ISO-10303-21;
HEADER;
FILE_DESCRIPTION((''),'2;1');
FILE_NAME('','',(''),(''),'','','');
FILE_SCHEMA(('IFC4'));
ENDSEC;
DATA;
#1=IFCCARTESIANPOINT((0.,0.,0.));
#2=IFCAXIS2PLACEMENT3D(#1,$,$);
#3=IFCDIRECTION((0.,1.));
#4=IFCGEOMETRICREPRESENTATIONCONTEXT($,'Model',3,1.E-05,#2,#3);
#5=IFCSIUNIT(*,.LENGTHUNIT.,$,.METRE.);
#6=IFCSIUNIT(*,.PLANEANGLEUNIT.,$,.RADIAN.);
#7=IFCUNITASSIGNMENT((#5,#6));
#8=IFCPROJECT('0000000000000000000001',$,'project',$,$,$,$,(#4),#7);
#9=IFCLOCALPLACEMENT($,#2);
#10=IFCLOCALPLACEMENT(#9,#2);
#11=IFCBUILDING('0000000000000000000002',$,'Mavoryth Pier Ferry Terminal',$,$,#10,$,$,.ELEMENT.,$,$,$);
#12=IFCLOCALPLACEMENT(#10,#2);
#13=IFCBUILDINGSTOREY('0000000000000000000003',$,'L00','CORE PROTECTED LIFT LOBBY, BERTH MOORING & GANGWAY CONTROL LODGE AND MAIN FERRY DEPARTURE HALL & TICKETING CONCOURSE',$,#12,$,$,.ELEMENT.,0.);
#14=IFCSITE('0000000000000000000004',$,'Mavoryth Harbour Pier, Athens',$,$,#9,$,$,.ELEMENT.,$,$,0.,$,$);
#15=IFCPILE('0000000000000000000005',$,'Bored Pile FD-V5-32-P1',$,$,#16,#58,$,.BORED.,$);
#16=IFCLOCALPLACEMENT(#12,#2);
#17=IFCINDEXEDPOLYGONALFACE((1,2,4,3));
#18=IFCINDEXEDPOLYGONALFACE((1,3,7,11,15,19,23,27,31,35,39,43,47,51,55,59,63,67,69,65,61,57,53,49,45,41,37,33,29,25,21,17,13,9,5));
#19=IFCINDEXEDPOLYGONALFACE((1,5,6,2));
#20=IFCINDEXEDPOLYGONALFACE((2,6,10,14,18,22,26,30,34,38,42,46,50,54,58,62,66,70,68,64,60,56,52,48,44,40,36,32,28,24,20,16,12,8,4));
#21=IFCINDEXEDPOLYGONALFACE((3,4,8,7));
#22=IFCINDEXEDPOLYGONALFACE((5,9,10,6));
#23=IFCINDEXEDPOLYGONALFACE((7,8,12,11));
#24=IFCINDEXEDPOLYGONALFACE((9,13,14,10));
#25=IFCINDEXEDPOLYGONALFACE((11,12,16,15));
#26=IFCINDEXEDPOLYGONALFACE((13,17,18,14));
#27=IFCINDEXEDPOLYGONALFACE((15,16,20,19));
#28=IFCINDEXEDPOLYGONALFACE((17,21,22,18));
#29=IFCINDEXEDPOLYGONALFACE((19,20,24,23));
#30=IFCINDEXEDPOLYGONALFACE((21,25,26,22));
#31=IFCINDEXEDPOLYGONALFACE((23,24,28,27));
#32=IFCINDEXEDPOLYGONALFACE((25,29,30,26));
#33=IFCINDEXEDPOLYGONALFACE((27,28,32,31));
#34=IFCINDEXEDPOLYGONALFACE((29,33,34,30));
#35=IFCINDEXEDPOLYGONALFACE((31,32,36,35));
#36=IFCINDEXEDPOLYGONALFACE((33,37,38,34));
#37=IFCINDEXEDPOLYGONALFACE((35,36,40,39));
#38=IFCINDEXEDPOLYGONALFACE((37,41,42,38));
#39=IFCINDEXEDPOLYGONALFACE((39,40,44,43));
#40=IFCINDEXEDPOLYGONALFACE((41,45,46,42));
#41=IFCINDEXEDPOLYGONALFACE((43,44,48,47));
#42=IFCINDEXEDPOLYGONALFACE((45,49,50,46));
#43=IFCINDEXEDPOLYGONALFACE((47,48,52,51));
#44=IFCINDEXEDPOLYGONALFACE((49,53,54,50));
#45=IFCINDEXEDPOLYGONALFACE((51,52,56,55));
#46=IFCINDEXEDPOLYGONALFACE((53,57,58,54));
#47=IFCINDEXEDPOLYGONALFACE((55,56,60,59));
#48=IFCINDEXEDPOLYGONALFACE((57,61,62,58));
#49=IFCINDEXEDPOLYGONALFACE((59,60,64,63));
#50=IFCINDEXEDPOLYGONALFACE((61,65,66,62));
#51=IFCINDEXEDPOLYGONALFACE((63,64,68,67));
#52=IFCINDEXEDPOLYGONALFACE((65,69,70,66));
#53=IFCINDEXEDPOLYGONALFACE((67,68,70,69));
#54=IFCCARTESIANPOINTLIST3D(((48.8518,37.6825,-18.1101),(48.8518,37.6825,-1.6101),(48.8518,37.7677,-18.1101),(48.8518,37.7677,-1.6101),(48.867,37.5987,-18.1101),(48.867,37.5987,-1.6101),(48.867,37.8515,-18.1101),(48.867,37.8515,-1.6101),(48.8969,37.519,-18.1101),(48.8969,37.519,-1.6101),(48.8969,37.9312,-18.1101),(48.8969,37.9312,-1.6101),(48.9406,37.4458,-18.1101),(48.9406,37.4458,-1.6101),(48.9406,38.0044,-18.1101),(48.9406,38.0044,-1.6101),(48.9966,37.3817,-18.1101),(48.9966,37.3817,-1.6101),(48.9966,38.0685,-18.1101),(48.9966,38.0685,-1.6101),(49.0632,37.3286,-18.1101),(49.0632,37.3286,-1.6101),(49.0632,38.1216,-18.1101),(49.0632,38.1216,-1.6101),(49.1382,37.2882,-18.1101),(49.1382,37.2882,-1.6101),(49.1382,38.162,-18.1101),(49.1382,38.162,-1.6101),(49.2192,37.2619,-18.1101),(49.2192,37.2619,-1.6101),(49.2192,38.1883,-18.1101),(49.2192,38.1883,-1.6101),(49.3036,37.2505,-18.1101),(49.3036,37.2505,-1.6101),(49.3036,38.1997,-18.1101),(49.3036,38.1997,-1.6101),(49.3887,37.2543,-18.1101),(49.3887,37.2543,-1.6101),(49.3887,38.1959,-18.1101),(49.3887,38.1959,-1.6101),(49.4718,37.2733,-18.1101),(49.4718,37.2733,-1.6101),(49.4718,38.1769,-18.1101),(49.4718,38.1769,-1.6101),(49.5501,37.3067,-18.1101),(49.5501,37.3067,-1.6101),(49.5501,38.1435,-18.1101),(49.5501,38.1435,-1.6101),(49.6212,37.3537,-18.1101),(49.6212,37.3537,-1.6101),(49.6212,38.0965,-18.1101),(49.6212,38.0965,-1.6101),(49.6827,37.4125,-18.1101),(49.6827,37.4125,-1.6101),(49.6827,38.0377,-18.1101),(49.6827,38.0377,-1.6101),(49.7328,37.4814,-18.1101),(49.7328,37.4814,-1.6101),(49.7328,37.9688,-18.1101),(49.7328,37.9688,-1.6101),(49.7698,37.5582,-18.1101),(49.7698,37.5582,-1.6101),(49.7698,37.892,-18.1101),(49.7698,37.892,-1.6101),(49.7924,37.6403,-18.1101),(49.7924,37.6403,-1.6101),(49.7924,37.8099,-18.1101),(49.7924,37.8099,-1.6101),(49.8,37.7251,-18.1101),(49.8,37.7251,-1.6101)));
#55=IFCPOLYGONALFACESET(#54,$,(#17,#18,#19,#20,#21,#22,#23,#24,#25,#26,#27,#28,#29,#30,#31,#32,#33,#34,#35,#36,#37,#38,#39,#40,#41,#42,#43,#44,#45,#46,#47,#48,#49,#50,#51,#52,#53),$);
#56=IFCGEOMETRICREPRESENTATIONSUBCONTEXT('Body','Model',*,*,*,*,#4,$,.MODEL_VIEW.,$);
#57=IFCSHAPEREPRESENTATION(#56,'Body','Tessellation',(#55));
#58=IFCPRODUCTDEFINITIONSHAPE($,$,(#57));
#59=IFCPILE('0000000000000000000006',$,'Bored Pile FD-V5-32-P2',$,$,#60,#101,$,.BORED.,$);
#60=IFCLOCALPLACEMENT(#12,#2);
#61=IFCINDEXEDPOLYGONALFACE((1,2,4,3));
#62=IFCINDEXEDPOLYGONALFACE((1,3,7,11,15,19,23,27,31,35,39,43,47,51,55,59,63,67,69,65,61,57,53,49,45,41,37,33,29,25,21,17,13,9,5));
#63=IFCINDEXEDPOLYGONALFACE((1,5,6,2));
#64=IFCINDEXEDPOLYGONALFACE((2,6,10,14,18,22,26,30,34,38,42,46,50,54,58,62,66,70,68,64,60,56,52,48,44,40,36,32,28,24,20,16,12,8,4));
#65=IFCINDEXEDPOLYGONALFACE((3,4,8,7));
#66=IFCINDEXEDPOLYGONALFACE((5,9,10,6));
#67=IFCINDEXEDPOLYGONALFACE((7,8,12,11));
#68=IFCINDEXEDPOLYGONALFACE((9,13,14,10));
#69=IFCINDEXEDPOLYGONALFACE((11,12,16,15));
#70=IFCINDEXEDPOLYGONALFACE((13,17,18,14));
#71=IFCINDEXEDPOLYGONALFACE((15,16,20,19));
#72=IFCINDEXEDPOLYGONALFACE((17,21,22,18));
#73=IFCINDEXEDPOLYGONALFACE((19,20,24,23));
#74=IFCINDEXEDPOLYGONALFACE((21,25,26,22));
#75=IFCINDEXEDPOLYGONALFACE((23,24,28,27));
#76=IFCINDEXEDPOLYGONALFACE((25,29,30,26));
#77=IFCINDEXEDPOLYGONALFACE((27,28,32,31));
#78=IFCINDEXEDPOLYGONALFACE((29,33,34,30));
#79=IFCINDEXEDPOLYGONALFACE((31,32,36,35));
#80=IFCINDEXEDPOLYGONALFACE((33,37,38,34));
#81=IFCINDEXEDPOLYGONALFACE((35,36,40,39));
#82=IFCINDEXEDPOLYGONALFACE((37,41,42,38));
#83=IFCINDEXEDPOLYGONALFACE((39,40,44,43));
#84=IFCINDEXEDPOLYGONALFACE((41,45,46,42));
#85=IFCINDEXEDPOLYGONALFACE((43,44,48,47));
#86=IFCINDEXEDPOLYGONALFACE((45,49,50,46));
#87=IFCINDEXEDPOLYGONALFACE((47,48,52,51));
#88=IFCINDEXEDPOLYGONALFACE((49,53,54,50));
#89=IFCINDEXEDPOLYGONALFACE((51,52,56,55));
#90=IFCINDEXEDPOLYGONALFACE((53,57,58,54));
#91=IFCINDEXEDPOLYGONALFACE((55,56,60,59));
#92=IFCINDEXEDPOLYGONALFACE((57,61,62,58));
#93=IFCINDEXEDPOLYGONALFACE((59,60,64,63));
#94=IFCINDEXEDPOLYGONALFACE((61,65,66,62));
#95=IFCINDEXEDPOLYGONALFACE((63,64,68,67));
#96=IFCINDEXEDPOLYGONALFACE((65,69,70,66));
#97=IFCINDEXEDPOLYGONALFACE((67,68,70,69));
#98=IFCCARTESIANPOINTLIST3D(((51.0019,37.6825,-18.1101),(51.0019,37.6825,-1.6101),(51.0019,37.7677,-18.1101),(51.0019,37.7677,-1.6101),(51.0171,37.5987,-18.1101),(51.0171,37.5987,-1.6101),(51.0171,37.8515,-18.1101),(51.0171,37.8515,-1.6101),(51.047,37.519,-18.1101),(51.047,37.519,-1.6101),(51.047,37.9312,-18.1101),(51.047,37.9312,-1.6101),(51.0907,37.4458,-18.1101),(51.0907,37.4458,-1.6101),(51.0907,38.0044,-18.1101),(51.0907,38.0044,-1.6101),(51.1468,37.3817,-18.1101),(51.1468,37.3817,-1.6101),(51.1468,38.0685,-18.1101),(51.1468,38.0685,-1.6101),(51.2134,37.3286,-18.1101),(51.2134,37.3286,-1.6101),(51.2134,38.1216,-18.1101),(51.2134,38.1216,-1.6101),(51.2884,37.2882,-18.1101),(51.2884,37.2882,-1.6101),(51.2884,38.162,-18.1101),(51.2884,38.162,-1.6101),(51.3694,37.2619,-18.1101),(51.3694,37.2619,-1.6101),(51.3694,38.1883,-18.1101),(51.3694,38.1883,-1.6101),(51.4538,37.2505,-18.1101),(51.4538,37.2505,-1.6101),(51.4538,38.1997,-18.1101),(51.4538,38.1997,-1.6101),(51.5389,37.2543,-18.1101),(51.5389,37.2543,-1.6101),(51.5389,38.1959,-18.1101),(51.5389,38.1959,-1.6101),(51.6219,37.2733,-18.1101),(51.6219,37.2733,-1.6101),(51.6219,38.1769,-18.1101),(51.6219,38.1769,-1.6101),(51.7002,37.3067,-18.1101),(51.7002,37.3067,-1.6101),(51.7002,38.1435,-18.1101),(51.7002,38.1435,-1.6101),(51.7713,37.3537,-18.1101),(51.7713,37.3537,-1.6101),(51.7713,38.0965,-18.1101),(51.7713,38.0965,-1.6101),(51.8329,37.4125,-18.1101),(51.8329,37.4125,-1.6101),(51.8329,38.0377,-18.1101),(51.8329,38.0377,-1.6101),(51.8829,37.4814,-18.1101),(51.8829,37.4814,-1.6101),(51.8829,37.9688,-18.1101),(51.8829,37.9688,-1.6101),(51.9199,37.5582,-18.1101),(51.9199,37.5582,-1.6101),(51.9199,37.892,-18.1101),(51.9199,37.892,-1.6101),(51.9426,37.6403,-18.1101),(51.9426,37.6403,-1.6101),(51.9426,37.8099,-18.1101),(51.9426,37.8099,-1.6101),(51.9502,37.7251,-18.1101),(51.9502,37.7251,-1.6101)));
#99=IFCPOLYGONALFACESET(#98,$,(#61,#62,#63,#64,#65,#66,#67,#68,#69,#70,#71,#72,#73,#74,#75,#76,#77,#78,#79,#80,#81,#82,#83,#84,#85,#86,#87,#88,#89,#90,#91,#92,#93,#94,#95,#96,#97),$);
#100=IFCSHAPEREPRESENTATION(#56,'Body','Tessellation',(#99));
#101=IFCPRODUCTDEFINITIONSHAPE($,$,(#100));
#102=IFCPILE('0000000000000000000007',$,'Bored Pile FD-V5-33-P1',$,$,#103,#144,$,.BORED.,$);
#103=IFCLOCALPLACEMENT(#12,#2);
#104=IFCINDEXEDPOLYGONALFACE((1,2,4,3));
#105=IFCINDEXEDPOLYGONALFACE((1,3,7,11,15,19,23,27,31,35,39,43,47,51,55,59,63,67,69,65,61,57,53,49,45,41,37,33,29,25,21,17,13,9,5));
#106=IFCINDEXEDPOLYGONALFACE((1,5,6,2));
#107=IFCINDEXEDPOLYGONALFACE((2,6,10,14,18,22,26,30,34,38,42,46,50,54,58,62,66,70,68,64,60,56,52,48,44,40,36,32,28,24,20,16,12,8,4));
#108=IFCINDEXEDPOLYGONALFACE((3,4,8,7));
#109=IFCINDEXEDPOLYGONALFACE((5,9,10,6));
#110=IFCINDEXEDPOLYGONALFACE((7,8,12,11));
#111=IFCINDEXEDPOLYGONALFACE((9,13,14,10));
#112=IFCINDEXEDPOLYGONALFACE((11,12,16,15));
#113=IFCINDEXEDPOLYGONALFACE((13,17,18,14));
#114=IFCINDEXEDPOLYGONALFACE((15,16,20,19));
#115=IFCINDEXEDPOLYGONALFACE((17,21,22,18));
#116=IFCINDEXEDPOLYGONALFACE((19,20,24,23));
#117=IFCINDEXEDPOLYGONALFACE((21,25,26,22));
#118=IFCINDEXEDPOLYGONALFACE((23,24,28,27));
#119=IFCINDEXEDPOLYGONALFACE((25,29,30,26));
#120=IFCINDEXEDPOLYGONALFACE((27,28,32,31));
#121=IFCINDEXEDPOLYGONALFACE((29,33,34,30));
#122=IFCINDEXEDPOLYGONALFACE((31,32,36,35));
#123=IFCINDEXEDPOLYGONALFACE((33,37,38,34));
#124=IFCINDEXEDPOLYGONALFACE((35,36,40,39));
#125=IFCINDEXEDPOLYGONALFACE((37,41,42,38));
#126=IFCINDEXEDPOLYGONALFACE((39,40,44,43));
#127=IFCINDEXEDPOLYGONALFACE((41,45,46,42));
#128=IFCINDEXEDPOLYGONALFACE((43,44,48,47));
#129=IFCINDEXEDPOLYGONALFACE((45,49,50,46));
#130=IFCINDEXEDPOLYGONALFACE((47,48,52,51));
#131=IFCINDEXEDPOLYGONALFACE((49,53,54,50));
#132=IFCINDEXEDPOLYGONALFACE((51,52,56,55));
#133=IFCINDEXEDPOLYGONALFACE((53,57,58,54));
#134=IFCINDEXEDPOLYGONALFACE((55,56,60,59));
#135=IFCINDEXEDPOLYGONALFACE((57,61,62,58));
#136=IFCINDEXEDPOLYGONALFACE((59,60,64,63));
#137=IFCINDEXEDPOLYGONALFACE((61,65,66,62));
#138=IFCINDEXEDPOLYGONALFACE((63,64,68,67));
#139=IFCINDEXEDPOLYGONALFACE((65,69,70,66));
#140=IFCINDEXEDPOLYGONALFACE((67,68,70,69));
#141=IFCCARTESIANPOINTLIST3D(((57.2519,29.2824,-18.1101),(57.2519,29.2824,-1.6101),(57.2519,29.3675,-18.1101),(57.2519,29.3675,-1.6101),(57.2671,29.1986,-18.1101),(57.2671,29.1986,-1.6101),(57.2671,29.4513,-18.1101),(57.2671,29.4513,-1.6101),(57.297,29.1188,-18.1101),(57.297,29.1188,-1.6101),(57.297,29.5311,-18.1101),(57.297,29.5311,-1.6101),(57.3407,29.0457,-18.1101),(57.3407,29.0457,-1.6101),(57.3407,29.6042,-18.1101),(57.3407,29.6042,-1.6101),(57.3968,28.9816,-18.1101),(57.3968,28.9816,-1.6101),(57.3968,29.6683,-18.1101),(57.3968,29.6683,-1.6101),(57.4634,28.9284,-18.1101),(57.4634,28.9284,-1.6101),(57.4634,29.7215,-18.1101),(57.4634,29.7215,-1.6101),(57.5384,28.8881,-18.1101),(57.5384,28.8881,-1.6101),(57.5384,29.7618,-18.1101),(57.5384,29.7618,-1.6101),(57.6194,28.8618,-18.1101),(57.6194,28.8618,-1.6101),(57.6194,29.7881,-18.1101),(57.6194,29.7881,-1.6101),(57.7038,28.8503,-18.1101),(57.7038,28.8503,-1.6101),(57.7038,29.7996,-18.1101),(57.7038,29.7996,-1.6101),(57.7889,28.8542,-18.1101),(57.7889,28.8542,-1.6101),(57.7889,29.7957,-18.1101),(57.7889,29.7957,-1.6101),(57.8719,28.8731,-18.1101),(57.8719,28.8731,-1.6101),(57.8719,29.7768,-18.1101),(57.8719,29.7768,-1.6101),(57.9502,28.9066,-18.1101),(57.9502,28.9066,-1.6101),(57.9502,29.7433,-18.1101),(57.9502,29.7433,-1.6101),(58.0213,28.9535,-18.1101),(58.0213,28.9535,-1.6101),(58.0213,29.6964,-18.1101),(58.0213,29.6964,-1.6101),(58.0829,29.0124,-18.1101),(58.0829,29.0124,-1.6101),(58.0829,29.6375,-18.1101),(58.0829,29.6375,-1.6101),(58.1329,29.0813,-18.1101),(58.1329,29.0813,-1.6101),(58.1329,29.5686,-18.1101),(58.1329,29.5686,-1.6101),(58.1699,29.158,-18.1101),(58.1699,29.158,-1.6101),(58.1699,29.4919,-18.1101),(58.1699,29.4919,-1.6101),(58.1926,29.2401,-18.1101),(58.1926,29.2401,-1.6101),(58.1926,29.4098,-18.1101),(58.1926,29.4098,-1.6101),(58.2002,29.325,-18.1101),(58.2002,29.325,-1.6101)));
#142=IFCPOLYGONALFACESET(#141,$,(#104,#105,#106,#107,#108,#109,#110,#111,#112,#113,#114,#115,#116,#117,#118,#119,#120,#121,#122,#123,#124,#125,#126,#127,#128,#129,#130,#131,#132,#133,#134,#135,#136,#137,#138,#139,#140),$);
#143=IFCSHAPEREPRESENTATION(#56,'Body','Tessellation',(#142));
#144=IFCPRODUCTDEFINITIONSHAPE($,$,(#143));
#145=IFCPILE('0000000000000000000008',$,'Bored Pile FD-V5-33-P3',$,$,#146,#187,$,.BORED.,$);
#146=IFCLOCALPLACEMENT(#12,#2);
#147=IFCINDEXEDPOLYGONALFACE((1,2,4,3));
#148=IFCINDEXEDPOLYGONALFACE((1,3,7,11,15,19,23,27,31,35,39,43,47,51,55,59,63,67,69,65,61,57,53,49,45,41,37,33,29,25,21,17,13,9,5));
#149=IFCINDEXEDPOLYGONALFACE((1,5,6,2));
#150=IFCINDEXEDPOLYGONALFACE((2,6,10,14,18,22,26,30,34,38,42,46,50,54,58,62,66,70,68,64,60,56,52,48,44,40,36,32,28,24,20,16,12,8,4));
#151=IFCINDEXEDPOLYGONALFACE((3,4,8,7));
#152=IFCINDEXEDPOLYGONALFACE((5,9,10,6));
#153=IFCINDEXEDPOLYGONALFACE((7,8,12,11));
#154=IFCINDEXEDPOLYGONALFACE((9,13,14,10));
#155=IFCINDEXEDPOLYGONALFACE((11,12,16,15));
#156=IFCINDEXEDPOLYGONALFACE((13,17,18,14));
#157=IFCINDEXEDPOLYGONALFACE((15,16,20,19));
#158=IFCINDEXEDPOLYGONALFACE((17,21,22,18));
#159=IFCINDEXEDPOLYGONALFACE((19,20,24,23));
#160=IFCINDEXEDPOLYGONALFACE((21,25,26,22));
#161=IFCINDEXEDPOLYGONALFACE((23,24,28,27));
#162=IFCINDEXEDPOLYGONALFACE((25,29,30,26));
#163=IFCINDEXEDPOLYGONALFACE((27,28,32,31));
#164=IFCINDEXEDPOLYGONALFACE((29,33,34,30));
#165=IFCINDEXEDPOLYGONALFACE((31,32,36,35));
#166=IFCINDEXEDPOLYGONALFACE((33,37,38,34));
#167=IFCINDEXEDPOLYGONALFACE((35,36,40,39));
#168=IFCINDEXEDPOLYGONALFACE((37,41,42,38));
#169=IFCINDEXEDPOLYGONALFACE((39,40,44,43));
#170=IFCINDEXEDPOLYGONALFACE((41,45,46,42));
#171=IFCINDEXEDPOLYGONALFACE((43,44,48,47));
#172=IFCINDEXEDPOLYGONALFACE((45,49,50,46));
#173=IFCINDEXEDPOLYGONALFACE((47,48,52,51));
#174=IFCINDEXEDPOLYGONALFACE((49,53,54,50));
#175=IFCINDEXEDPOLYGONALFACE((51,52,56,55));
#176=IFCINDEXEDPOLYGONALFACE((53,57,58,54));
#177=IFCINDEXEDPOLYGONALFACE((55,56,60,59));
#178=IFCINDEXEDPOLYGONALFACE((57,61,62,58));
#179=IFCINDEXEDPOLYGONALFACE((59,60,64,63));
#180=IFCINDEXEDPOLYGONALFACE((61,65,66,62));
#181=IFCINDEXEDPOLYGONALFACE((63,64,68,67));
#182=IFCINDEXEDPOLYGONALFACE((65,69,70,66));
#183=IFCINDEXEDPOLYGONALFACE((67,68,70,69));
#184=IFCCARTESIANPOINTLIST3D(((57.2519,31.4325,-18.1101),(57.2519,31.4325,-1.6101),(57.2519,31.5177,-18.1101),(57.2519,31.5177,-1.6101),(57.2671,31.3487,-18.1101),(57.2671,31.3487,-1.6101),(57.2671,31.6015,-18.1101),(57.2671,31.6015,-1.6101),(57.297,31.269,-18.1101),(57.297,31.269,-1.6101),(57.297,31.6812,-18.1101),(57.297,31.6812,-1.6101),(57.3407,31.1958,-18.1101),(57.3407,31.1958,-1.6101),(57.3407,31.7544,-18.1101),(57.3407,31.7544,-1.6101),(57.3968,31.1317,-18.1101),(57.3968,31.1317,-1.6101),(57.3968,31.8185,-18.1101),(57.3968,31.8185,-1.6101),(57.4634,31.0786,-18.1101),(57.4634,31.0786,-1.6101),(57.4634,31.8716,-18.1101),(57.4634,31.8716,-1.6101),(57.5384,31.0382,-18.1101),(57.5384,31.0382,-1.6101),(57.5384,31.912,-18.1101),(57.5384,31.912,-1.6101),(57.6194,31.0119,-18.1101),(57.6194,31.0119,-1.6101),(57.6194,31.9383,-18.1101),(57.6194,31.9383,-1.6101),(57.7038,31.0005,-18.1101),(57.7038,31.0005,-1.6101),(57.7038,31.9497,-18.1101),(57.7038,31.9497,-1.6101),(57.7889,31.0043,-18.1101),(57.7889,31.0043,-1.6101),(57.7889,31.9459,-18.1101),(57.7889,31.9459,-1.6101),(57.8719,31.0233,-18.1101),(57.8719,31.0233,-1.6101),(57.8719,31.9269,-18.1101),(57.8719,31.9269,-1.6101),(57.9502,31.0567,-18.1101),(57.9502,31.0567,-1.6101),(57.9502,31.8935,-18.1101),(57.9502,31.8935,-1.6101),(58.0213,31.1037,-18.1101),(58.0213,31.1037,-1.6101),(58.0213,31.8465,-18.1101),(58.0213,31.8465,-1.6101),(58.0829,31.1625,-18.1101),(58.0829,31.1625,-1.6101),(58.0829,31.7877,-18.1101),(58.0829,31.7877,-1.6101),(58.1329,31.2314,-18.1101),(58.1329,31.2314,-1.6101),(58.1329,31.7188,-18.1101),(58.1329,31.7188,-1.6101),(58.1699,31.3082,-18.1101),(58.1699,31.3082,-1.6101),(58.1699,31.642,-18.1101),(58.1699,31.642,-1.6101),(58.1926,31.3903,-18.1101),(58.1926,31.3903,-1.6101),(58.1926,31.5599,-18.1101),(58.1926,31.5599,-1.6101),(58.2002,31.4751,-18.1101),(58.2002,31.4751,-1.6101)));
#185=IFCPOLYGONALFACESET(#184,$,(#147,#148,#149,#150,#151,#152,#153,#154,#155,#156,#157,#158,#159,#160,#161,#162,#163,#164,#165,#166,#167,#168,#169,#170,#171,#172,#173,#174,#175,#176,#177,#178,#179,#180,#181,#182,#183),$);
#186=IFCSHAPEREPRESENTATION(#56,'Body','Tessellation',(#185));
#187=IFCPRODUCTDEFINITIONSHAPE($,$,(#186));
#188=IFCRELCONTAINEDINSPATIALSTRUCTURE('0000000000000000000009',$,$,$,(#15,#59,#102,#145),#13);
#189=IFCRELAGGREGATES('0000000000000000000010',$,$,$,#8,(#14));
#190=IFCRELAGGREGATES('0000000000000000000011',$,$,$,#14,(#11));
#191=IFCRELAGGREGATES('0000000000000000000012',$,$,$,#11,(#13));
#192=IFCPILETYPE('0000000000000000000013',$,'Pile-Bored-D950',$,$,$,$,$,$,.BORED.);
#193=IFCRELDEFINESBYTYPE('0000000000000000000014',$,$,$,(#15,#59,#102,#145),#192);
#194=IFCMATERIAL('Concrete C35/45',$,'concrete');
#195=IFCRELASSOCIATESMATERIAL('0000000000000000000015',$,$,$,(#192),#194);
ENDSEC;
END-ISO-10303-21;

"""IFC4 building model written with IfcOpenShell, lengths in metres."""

from ifc_helpers import new_model, si_unit, direction, frame, origin, origin_2d, place, context, subcontext, project, spatial, circle, extrude, material, material_profile, profile_set, type_object, element, save


model = new_model("IFC4")

# Units and contexts
model_context = context("Model", 3, precision=1e-05, world=origin(), true_north=direction((0.0, 1.0)))
body_context = subcontext(model_context, "Body", "Model", "MODEL_VIEW")
ifc_project = project(units=[si_unit("LENGTHUNIT", "METRE"), si_unit("PLANEANGLEUNIT", "RADIAN")], contexts=[model_context])

# Site, building, storey
site_placement = place(None, origin())
site = spatial("IfcSite", under=ifc_project, at=site_placement, Name="Mavoryth Harbour Pier, Athens", CompositionType="ELEMENT", RefElevation=0.0)
building_placement = place(site_placement, origin())
building = spatial("IfcBuilding", under=site, at=building_placement, Name="Mavoryth Pier Ferry Terminal", CompositionType="ELEMENT")
storey_placement = place(building_placement, origin())
storey = spatial("IfcBuildingStorey", under=building, at=storey_placement, Name="L00", Description="CORE PROTECTED LIFT LOBBY, BERTH MOORING & GANGWAY CONTROL LODGE AND MAIN FERRY DEPARTURE HALL & TICKETING CONCOURSE", CompositionType="ELEMENT", Elevation=0.0)

# Shared definitions
ifc_material_1 = material(Name="Concrete C35/45", Category="concrete")

# Piles
ifc_material_profile_1 = material_profile(ifc_material_1, circle(Radius=0.4751, at=origin_2d()), Name="PILE D950", Category="concrete")
ifc_profile_set_1 = profile_set([ifc_material_profile_1], Name="Concrete C35/45 - PILE D950")
pile_type_1 = type_object("IfcPileType", Name="Pile-Bored-D950", PredefinedType="BORED", material=ifc_profile_set_1)
for number, where, z_axis, x_axis, name in (
    (1, (49.325, 37.7251, -1.6101), (0.0, 0.0, -1.0), (1.0, 0.0, 0.0), "Bored Pile FD-V5-32-P1"),
    (2, (51.4751, 37.7251, -1.6101), (0.0, 0.0, -1.0), (1.0, 0.0, 0.0), "Bored Pile FD-V5-32-P2"),
    (3, (57.7251, 29.325, -1.6101), (0.0, 0.0, -1.0), (1.0, 0.0, 0.0), "Bored Pile FD-V5-33-P1"),
    (4, (57.7251, 31.4751, -1.6101), (0.0, 0.0, -1.0), (1.0, 0.0, 0.0), "Bored Pile FD-V5-33-P3"),
):
    element("IfcPile", number, at=place(storey_placement, frame(where, z_axis=z_axis, x_axis=x_axis)), inside=storey, type_object=pile_type_1, Name=name, PredefinedType="BORED", context=body_context, shape_type="SweptSolid", body=[
        extrude(circle(Radius=0.4751, at=origin_2d()), origin(), (0.0, 0.0, 1.0), 16.5),
    ])

save(model, "model.ifc")
